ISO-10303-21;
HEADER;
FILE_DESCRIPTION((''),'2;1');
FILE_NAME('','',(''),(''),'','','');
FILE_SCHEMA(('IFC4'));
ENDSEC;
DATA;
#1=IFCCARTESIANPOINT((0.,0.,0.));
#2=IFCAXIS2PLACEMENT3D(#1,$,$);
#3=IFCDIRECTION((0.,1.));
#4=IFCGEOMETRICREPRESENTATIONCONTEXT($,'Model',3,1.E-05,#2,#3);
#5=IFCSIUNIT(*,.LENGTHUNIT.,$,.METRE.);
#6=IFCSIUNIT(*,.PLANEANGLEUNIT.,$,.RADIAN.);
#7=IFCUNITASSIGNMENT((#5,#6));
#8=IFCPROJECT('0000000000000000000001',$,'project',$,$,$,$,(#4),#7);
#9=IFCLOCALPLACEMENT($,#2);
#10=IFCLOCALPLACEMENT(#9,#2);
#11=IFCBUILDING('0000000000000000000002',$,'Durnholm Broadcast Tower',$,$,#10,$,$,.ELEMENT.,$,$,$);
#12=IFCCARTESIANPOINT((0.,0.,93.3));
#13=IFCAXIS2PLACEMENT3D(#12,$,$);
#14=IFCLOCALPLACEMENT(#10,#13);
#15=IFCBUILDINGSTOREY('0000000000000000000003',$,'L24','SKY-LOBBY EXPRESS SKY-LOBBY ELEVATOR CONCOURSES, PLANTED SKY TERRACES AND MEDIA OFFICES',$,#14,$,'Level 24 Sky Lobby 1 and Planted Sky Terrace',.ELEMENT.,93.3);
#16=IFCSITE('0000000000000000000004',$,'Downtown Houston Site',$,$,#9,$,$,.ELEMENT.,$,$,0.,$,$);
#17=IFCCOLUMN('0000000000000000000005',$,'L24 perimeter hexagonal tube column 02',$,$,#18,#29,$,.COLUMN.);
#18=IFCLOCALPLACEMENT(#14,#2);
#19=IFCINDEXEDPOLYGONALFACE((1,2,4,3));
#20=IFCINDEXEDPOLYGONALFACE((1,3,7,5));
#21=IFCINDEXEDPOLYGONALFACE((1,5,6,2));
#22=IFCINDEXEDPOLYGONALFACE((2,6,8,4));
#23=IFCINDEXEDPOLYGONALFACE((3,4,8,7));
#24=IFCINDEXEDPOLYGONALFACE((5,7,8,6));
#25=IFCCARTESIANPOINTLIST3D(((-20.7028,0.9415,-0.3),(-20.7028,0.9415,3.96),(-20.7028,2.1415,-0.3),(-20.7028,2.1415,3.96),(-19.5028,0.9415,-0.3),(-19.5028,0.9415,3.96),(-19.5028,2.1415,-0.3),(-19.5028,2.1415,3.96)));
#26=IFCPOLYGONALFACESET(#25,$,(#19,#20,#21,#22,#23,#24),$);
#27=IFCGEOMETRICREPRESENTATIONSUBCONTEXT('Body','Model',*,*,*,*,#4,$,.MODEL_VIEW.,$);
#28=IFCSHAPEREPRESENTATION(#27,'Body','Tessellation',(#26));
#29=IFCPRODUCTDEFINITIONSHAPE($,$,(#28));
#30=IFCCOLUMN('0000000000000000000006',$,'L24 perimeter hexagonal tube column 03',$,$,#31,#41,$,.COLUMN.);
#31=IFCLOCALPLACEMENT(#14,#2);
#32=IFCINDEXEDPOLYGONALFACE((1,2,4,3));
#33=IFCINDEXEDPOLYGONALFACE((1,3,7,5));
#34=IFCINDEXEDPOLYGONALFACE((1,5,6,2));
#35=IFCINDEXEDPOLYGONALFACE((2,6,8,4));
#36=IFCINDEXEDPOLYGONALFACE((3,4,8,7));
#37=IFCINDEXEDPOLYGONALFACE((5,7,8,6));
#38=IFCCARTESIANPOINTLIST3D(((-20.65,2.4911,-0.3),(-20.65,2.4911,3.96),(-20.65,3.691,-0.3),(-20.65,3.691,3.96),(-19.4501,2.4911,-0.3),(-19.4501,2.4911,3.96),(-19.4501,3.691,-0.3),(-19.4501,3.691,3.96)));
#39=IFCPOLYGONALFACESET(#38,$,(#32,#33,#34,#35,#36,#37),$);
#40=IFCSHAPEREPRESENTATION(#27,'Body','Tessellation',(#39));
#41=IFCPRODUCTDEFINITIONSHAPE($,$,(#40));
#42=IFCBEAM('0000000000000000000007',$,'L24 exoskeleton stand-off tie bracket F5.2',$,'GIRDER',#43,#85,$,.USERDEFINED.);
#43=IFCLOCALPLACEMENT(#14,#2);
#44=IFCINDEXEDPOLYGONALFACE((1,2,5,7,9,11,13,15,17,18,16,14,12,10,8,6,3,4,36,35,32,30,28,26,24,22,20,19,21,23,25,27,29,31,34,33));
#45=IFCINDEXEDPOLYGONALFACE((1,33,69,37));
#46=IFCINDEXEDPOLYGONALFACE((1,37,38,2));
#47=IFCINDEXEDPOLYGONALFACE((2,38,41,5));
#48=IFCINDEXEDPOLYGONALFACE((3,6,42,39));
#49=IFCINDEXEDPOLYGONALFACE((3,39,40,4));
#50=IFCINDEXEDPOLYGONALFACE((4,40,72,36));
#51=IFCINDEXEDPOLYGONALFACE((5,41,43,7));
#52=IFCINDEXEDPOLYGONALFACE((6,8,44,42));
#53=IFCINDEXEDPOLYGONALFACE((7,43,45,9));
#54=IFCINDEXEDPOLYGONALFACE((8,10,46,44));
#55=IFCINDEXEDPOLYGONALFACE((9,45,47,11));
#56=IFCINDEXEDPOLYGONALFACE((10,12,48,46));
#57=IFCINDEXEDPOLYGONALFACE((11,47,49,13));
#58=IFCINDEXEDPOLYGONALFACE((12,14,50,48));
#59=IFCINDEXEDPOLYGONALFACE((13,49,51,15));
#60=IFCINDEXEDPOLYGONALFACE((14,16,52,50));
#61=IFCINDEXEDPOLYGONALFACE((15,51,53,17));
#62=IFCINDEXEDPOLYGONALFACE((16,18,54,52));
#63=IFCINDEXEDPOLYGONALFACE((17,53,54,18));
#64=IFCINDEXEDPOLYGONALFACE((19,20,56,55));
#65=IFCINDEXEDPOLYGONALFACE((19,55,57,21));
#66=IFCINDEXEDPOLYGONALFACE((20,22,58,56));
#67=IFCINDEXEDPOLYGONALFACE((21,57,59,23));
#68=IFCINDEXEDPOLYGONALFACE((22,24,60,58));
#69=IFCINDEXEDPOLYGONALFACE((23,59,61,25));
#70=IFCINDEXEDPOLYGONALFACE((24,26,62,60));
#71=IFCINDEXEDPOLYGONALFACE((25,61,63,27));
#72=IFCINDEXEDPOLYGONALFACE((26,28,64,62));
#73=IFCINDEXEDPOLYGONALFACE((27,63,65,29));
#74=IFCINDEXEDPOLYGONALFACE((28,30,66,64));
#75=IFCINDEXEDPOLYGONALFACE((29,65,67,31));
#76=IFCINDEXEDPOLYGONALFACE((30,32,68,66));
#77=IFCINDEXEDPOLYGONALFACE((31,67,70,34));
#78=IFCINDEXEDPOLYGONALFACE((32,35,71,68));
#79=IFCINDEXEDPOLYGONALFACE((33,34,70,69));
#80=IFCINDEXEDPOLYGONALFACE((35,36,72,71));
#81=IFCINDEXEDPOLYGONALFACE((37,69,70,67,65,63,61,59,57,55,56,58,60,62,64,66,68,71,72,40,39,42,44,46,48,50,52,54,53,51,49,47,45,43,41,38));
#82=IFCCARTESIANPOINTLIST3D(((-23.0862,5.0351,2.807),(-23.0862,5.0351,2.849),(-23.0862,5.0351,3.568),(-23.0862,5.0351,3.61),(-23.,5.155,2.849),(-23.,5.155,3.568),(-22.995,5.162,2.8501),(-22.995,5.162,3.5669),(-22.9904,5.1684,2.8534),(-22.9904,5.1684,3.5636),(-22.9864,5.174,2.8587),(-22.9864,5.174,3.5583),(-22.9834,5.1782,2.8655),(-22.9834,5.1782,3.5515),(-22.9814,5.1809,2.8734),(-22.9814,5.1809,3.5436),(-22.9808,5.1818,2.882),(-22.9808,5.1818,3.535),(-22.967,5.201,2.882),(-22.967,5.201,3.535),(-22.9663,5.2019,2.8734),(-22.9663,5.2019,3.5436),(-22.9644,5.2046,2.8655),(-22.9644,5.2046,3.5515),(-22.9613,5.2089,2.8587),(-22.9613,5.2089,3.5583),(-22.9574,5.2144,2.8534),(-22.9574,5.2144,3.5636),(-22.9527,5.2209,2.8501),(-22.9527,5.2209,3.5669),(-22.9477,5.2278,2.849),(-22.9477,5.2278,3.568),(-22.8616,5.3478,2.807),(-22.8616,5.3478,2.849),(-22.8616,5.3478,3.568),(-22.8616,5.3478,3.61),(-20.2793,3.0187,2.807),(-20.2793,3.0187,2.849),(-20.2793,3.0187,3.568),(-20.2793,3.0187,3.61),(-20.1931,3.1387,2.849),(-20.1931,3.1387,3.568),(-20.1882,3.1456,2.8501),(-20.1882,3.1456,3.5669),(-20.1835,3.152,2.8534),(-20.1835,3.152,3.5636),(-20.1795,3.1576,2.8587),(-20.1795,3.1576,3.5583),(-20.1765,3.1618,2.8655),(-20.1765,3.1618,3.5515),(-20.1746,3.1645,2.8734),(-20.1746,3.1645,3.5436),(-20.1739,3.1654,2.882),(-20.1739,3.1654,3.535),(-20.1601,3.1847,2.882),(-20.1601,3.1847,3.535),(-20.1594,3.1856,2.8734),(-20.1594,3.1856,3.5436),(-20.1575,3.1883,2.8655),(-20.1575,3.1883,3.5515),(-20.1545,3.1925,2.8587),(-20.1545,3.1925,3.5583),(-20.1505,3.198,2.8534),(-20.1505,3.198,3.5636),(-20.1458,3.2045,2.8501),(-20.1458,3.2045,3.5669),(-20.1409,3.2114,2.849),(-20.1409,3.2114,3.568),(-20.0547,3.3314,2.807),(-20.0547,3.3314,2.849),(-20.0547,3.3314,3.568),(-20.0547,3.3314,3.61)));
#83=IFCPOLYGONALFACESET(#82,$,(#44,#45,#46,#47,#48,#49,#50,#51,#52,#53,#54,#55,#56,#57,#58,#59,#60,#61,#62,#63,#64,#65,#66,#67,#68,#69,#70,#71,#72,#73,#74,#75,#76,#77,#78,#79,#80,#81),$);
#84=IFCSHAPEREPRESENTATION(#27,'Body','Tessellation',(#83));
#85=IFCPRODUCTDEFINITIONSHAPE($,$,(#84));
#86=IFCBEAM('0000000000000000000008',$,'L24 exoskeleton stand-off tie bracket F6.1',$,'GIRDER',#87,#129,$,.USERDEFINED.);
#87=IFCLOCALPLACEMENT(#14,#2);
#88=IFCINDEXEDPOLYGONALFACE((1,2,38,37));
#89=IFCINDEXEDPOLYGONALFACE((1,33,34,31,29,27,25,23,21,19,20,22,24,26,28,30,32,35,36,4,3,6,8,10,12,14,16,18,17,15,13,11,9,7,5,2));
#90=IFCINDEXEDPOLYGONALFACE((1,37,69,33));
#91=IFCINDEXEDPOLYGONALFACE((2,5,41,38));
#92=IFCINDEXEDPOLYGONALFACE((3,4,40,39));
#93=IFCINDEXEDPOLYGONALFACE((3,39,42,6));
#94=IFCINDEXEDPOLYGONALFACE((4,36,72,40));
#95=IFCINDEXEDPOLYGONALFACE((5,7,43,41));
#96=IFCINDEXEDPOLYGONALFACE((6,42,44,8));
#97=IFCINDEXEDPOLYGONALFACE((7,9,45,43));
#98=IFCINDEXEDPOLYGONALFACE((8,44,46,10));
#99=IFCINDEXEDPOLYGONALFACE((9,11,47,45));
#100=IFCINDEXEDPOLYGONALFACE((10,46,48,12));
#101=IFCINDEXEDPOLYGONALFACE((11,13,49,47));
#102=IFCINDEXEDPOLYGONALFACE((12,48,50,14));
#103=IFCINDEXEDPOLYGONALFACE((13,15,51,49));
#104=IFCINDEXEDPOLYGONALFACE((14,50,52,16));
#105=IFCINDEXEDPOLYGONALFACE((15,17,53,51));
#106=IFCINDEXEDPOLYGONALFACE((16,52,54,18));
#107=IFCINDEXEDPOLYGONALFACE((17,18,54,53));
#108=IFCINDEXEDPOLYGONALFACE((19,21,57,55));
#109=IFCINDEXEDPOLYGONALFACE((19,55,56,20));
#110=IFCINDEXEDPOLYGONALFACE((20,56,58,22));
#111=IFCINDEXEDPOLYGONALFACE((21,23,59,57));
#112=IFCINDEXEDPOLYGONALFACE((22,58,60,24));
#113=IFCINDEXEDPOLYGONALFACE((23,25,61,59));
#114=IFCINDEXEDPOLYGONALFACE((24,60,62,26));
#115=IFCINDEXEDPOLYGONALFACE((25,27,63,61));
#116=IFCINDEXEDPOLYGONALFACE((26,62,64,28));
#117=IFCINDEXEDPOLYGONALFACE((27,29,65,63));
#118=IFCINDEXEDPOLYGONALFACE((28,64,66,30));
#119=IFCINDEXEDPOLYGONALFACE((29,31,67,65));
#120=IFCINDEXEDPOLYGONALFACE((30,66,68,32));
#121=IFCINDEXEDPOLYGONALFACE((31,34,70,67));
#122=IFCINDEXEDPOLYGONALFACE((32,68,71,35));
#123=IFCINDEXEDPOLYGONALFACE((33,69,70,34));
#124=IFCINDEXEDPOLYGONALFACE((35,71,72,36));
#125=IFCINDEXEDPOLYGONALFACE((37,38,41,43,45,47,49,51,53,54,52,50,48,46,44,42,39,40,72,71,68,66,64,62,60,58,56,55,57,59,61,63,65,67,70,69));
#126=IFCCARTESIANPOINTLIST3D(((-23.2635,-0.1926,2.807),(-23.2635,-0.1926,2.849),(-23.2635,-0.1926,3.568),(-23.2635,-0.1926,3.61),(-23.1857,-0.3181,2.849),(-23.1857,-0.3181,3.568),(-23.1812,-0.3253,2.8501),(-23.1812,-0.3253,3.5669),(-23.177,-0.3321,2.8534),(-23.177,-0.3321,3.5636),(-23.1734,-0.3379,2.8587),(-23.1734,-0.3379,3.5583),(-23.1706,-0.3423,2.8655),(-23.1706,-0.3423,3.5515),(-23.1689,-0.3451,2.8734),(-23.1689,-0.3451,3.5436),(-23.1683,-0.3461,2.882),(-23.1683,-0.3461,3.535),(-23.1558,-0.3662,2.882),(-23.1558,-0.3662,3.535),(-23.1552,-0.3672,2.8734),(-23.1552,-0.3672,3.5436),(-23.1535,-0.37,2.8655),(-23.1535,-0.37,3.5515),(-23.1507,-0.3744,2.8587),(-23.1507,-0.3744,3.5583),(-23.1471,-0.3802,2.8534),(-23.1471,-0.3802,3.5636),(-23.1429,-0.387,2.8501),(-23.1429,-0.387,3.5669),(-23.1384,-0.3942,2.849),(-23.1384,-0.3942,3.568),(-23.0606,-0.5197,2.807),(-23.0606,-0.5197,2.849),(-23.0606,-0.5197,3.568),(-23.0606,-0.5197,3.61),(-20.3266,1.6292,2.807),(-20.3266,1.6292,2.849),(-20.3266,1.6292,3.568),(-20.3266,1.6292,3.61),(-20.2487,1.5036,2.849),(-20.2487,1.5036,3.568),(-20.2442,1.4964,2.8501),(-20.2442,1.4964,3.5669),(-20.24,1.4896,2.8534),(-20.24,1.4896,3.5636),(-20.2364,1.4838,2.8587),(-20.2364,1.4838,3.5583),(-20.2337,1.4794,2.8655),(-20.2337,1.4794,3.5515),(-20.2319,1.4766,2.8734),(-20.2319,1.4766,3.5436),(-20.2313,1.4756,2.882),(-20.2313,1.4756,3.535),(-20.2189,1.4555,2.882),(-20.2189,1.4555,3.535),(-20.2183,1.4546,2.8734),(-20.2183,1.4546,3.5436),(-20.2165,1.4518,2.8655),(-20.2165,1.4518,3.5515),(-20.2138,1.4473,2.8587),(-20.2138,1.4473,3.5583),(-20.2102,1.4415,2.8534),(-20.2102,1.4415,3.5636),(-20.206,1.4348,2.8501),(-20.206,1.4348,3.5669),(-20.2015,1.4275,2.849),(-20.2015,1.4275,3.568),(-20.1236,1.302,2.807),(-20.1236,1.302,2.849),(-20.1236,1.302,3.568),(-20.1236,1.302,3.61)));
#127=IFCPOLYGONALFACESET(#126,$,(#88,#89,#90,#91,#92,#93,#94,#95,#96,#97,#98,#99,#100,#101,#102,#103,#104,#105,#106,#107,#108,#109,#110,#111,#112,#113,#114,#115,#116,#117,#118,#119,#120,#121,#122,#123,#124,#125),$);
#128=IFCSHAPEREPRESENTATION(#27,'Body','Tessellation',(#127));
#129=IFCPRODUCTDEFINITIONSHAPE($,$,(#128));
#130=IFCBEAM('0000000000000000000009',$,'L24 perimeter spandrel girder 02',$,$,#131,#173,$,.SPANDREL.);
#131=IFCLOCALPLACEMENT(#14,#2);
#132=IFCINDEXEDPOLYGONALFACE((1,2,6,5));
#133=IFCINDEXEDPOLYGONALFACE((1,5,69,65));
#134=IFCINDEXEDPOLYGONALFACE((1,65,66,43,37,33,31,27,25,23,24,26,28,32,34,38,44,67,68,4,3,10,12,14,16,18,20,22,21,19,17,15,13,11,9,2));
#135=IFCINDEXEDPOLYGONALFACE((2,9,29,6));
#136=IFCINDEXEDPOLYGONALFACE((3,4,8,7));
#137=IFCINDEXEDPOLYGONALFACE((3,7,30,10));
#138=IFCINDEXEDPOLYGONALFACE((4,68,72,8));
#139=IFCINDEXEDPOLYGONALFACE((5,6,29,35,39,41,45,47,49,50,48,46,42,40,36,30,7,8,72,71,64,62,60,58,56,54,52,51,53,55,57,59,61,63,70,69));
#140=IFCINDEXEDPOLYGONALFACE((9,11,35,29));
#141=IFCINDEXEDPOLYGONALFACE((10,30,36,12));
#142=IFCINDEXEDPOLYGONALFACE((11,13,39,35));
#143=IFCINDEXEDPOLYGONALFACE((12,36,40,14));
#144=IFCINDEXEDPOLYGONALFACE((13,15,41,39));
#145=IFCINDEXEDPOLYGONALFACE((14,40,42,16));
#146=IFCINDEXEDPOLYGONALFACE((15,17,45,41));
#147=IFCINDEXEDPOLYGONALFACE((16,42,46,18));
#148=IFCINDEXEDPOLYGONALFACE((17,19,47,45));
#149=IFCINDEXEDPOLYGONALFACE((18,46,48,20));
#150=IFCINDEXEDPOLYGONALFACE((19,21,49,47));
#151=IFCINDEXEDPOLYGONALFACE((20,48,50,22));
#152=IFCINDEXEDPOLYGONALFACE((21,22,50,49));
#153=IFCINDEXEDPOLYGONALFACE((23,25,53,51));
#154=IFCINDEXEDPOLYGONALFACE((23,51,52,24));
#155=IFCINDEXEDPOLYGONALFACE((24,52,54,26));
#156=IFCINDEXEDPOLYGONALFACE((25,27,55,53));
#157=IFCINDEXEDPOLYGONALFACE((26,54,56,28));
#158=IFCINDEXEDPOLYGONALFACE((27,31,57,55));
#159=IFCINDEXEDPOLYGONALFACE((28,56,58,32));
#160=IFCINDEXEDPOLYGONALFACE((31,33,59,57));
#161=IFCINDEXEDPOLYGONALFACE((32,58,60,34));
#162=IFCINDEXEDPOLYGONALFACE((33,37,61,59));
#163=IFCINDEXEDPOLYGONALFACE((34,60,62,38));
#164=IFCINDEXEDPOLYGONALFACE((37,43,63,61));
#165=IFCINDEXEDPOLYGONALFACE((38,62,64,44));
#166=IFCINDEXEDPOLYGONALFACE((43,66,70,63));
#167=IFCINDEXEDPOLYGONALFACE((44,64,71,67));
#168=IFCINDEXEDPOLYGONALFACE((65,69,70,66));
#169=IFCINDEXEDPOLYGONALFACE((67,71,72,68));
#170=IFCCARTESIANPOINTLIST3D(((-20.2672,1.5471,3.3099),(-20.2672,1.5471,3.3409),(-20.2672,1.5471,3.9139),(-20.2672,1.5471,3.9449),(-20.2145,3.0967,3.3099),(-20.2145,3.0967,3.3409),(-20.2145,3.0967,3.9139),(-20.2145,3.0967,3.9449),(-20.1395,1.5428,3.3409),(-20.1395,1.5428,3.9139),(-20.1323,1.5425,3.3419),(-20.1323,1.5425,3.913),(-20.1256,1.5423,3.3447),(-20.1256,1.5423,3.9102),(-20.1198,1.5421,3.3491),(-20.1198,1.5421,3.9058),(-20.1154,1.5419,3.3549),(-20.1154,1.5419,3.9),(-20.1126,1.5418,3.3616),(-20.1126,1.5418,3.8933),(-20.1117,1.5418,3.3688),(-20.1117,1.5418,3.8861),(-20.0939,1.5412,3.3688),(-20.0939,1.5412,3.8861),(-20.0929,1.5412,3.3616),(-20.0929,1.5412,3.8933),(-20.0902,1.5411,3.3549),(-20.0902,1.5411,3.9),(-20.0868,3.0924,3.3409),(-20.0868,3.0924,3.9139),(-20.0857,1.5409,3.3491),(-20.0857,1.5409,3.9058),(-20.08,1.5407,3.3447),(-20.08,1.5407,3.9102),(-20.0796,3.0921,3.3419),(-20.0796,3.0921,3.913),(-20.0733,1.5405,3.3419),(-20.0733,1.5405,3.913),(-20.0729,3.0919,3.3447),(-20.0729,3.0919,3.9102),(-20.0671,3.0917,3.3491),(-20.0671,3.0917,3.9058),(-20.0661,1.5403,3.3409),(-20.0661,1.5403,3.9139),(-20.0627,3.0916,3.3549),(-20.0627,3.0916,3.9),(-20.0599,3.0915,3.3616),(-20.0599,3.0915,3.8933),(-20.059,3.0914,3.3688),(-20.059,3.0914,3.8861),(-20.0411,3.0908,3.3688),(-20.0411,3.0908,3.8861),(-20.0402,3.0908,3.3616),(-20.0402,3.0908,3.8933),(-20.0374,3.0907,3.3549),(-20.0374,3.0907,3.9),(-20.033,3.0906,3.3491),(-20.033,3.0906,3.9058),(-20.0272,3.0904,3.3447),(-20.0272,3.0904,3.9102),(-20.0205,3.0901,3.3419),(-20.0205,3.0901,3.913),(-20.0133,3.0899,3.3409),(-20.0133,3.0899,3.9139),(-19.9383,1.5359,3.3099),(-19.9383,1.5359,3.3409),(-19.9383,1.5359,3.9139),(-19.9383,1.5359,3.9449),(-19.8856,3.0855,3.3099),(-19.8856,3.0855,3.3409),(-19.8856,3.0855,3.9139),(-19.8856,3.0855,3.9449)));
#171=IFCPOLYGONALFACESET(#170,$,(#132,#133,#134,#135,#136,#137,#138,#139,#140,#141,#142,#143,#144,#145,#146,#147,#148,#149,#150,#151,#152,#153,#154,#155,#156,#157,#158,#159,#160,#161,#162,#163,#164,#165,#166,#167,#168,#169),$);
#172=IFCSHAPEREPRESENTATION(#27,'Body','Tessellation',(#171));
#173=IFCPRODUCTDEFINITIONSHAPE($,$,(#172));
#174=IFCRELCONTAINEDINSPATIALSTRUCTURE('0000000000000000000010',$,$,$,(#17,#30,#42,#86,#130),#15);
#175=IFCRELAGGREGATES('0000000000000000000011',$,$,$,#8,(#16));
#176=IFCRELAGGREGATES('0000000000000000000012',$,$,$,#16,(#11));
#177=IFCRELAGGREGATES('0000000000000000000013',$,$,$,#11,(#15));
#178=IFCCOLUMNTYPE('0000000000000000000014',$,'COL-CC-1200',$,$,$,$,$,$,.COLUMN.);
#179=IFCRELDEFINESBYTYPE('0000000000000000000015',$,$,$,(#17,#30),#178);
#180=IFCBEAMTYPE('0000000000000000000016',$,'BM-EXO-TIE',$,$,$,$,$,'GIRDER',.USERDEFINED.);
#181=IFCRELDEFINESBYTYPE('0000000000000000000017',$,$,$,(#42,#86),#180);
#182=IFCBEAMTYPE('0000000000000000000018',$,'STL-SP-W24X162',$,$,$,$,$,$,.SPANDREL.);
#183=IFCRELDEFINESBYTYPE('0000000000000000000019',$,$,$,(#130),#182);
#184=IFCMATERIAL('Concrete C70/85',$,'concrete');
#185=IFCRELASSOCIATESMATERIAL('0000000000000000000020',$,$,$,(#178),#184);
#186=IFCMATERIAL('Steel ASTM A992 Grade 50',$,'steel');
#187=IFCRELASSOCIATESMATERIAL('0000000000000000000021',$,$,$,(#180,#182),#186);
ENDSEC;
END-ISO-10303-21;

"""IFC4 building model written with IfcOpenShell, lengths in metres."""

from ifc_helpers import new_model, si_unit, direction, frame, origin, origin_2d, place, context, subcontext, project, spatial, rectangle, i_section, extrude, source, transform, mapped, material, material_profile, profile_set, type_object, type_shapes, element, save


model = new_model("IFC4")

# Units and contexts
model_context = context("Model", 3, precision=1e-05, world=origin(), true_north=direction((0.0, 1.0)))
body_context = subcontext(model_context, "Body", "Model", "MODEL_VIEW")
ifc_project = project(units=[si_unit("LENGTHUNIT", "METRE"), si_unit("PLANEANGLEUNIT", "RADIAN")], contexts=[model_context])

# Site, building, storey
site_placement = place(None, origin())
site = spatial("IfcSite", under=ifc_project, at=site_placement, Name="Downtown Houston Site", CompositionType="ELEMENT", RefElevation=0.0)
building_placement = place(site_placement, origin())
building = spatial("IfcBuilding", under=site, at=building_placement, Name="Durnholm Broadcast Tower", CompositionType="ELEMENT")
storey_placement = place(building_placement, frame((0.0, 0.0, 93.3)))
storey = spatial("IfcBuildingStorey", under=building, at=storey_placement, Name="L24", Description="SKY-LOBBY EXPRESS SKY-LOBBY ELEVATOR CONCOURSES, PLANTED SKY TERRACES AND MEDIA OFFICES", LongName="Level 24 Sky Lobby 1 and Planted Sky Terrace", CompositionType="ELEMENT", Elevation=93.3)

# Columns
ifc_material_1 = material(Name="Concrete C70/85", Category="concrete")
ifc_material_profile_1 = material_profile(ifc_material_1, rectangle(XDim=1.2, YDim=1.2, at=origin_2d()), Name="RC1200X1200")
ifc_profile_set_1 = profile_set([ifc_material_profile_1], Name="Concrete C70/85")
column_type = type_object("IfcColumnType", Name="COL-CC-1200", PredefinedType="COLUMN", material=ifc_profile_set_1)
shared_shape_1 = source(origin(), body_context, "Body", "SweptSolid", [
    extrude(rectangle(XDim=1.2, YDim=1.2, at=origin_2d()), origin(), (0.0, 0.0, 1.0), 4.26),
])
type_shapes(column_type, [shared_shape_1])
for number, where, z_axis, x_axis, name in (
    (1, (-20.1028, 1.5415, -0.3), (0.0, 0.0, 1.0), (1.0, 0.0, 0.0), "L24 perimeter hexagonal tube column 02"),
    (2, (-20.05, 3.0911, -0.3), (0.0, 0.0, 1.0), (1.0, 0.0, 0.0), "L24 perimeter hexagonal tube column 03"),
):
    element("IfcColumn", number, at=place(storey_placement, frame(where, z_axis=z_axis, x_axis=x_axis)), inside=storey, type_object=column_type, Name=name, PredefinedType="COLUMN", context=body_context, shape_type="MappedRepresentation", body=[
        mapped(shared_shape_1, transform((0.0, 0.0, 0.0), x_axis=(1.0, 0.0, 0.0), y_axis=(0.0, 1.0, 0.0), z_axis=(0.0, 0.0, 1.0), scale=1.0)),
    ])

# Beams
ifc_material_2 = material(Name="Steel ASTM A992 Grade 50", Category="steel")
ifc_material_profile_2 = material_profile(ifc_material_2, i_section(OverallWidth=0.385, OverallDepth=0.803, WebThickness=0.0237, FlangeThickness=0.042, FilletRadius=0.033, at=origin_2d()), Name="W30X261")
ifc_profile_set_2 = profile_set([ifc_material_profile_2], Name="Steel ASTM A992 Grade 50")
beam_type_1 = type_object("IfcBeamType", Name="BM-EXO-TIE", ElementType="GIRDER", PredefinedType="USERDEFINED", material=ifc_profile_set_2)
shared_shape_2 = source(origin(), body_context, "Body", "SweptSolid", [
    extrude(i_section(OverallWidth=0.385, OverallDepth=0.803, WebThickness=0.0237, FlangeThickness=0.042, FilletRadius=0.033, at=origin_2d()), origin(), (0.0, 0.0, 1.0), 3.4561),
])
type_shapes(beam_type_1, [shared_shape_2])
for number, where, z_axis, x_axis, name in (
    (3, (-20.167, 3.175, 3.2085), (-0.812165, 0.583428, 0.0), (-0.583428, -0.812165, 0.0), "L24 exoskeleton stand-off tie bracket F5.2"),
    (4, (-20.2251, 1.4656, 3.2085), (-0.849795, -0.527113, 0.0), (0.527113, -0.849795, 0.0), "L24 exoskeleton stand-off tie bracket F6.1"),
):
    element("IfcBeam", number, at=place(storey_placement, frame(where, z_axis=z_axis, x_axis=x_axis)), inside=storey, type_object=beam_type_1, Name=name, ObjectType="GIRDER", PredefinedType="USERDEFINED", context=body_context, shape_type="MappedRepresentation", body=[
        mapped(shared_shape_2, transform((0.0, 0.0, 0.0), x_axis=(1.0, 0.0, 0.0), y_axis=(0.0, 1.0, 0.0), z_axis=(0.0, 0.0, 1.0), scale=1.0)),
    ])
ifc_material_profile_3 = material_profile(ifc_material_2, i_section(OverallWidth=0.3291, OverallDepth=0.635, WebThickness=0.0178, FlangeThickness=0.031, FilletRadius=0.0278, at=origin_2d()), Name="W24X162")
ifc_profile_set_3 = profile_set([ifc_material_profile_3], Name="Steel ASTM A992 Grade 50")
beam_type_2 = type_object("IfcBeamType", Name="STL-SP-W24X162", PredefinedType="SPANDREL", material=ifc_profile_set_3)
shared_shape_3 = source(origin(), body_context, "Body", "SweptSolid", [
    extrude(i_section(OverallWidth=0.3291, OverallDepth=0.635, WebThickness=0.0178, FlangeThickness=0.031, FilletRadius=0.0278, at=origin_2d()), origin(), (0.0, 0.0, 1.0), 1.5505),
])
beam_1_placement = place(storey_placement, frame((-20.1028, 1.5415, 3.6274), z_axis=(0.034012, 0.999421, 0.0), x_axis=(-0.999421, 0.034012, 0.0)))
element("IfcBeam", 5, at=beam_1_placement, inside=storey, type_object=beam_type_2, Name="L24 perimeter spandrel girder 02", PredefinedType="SPANDREL", context=body_context, shape_type="MappedRepresentation", body=[
    mapped(shared_shape_3, transform((0.0, 0.0, 0.0), x_axis=(1.0, 0.0, 0.0), y_axis=(0.0, 1.0, 0.0), z_axis=(0.0, 0.0, 1.0), scale=1.0)),
])

save(model, "model.ifc")
